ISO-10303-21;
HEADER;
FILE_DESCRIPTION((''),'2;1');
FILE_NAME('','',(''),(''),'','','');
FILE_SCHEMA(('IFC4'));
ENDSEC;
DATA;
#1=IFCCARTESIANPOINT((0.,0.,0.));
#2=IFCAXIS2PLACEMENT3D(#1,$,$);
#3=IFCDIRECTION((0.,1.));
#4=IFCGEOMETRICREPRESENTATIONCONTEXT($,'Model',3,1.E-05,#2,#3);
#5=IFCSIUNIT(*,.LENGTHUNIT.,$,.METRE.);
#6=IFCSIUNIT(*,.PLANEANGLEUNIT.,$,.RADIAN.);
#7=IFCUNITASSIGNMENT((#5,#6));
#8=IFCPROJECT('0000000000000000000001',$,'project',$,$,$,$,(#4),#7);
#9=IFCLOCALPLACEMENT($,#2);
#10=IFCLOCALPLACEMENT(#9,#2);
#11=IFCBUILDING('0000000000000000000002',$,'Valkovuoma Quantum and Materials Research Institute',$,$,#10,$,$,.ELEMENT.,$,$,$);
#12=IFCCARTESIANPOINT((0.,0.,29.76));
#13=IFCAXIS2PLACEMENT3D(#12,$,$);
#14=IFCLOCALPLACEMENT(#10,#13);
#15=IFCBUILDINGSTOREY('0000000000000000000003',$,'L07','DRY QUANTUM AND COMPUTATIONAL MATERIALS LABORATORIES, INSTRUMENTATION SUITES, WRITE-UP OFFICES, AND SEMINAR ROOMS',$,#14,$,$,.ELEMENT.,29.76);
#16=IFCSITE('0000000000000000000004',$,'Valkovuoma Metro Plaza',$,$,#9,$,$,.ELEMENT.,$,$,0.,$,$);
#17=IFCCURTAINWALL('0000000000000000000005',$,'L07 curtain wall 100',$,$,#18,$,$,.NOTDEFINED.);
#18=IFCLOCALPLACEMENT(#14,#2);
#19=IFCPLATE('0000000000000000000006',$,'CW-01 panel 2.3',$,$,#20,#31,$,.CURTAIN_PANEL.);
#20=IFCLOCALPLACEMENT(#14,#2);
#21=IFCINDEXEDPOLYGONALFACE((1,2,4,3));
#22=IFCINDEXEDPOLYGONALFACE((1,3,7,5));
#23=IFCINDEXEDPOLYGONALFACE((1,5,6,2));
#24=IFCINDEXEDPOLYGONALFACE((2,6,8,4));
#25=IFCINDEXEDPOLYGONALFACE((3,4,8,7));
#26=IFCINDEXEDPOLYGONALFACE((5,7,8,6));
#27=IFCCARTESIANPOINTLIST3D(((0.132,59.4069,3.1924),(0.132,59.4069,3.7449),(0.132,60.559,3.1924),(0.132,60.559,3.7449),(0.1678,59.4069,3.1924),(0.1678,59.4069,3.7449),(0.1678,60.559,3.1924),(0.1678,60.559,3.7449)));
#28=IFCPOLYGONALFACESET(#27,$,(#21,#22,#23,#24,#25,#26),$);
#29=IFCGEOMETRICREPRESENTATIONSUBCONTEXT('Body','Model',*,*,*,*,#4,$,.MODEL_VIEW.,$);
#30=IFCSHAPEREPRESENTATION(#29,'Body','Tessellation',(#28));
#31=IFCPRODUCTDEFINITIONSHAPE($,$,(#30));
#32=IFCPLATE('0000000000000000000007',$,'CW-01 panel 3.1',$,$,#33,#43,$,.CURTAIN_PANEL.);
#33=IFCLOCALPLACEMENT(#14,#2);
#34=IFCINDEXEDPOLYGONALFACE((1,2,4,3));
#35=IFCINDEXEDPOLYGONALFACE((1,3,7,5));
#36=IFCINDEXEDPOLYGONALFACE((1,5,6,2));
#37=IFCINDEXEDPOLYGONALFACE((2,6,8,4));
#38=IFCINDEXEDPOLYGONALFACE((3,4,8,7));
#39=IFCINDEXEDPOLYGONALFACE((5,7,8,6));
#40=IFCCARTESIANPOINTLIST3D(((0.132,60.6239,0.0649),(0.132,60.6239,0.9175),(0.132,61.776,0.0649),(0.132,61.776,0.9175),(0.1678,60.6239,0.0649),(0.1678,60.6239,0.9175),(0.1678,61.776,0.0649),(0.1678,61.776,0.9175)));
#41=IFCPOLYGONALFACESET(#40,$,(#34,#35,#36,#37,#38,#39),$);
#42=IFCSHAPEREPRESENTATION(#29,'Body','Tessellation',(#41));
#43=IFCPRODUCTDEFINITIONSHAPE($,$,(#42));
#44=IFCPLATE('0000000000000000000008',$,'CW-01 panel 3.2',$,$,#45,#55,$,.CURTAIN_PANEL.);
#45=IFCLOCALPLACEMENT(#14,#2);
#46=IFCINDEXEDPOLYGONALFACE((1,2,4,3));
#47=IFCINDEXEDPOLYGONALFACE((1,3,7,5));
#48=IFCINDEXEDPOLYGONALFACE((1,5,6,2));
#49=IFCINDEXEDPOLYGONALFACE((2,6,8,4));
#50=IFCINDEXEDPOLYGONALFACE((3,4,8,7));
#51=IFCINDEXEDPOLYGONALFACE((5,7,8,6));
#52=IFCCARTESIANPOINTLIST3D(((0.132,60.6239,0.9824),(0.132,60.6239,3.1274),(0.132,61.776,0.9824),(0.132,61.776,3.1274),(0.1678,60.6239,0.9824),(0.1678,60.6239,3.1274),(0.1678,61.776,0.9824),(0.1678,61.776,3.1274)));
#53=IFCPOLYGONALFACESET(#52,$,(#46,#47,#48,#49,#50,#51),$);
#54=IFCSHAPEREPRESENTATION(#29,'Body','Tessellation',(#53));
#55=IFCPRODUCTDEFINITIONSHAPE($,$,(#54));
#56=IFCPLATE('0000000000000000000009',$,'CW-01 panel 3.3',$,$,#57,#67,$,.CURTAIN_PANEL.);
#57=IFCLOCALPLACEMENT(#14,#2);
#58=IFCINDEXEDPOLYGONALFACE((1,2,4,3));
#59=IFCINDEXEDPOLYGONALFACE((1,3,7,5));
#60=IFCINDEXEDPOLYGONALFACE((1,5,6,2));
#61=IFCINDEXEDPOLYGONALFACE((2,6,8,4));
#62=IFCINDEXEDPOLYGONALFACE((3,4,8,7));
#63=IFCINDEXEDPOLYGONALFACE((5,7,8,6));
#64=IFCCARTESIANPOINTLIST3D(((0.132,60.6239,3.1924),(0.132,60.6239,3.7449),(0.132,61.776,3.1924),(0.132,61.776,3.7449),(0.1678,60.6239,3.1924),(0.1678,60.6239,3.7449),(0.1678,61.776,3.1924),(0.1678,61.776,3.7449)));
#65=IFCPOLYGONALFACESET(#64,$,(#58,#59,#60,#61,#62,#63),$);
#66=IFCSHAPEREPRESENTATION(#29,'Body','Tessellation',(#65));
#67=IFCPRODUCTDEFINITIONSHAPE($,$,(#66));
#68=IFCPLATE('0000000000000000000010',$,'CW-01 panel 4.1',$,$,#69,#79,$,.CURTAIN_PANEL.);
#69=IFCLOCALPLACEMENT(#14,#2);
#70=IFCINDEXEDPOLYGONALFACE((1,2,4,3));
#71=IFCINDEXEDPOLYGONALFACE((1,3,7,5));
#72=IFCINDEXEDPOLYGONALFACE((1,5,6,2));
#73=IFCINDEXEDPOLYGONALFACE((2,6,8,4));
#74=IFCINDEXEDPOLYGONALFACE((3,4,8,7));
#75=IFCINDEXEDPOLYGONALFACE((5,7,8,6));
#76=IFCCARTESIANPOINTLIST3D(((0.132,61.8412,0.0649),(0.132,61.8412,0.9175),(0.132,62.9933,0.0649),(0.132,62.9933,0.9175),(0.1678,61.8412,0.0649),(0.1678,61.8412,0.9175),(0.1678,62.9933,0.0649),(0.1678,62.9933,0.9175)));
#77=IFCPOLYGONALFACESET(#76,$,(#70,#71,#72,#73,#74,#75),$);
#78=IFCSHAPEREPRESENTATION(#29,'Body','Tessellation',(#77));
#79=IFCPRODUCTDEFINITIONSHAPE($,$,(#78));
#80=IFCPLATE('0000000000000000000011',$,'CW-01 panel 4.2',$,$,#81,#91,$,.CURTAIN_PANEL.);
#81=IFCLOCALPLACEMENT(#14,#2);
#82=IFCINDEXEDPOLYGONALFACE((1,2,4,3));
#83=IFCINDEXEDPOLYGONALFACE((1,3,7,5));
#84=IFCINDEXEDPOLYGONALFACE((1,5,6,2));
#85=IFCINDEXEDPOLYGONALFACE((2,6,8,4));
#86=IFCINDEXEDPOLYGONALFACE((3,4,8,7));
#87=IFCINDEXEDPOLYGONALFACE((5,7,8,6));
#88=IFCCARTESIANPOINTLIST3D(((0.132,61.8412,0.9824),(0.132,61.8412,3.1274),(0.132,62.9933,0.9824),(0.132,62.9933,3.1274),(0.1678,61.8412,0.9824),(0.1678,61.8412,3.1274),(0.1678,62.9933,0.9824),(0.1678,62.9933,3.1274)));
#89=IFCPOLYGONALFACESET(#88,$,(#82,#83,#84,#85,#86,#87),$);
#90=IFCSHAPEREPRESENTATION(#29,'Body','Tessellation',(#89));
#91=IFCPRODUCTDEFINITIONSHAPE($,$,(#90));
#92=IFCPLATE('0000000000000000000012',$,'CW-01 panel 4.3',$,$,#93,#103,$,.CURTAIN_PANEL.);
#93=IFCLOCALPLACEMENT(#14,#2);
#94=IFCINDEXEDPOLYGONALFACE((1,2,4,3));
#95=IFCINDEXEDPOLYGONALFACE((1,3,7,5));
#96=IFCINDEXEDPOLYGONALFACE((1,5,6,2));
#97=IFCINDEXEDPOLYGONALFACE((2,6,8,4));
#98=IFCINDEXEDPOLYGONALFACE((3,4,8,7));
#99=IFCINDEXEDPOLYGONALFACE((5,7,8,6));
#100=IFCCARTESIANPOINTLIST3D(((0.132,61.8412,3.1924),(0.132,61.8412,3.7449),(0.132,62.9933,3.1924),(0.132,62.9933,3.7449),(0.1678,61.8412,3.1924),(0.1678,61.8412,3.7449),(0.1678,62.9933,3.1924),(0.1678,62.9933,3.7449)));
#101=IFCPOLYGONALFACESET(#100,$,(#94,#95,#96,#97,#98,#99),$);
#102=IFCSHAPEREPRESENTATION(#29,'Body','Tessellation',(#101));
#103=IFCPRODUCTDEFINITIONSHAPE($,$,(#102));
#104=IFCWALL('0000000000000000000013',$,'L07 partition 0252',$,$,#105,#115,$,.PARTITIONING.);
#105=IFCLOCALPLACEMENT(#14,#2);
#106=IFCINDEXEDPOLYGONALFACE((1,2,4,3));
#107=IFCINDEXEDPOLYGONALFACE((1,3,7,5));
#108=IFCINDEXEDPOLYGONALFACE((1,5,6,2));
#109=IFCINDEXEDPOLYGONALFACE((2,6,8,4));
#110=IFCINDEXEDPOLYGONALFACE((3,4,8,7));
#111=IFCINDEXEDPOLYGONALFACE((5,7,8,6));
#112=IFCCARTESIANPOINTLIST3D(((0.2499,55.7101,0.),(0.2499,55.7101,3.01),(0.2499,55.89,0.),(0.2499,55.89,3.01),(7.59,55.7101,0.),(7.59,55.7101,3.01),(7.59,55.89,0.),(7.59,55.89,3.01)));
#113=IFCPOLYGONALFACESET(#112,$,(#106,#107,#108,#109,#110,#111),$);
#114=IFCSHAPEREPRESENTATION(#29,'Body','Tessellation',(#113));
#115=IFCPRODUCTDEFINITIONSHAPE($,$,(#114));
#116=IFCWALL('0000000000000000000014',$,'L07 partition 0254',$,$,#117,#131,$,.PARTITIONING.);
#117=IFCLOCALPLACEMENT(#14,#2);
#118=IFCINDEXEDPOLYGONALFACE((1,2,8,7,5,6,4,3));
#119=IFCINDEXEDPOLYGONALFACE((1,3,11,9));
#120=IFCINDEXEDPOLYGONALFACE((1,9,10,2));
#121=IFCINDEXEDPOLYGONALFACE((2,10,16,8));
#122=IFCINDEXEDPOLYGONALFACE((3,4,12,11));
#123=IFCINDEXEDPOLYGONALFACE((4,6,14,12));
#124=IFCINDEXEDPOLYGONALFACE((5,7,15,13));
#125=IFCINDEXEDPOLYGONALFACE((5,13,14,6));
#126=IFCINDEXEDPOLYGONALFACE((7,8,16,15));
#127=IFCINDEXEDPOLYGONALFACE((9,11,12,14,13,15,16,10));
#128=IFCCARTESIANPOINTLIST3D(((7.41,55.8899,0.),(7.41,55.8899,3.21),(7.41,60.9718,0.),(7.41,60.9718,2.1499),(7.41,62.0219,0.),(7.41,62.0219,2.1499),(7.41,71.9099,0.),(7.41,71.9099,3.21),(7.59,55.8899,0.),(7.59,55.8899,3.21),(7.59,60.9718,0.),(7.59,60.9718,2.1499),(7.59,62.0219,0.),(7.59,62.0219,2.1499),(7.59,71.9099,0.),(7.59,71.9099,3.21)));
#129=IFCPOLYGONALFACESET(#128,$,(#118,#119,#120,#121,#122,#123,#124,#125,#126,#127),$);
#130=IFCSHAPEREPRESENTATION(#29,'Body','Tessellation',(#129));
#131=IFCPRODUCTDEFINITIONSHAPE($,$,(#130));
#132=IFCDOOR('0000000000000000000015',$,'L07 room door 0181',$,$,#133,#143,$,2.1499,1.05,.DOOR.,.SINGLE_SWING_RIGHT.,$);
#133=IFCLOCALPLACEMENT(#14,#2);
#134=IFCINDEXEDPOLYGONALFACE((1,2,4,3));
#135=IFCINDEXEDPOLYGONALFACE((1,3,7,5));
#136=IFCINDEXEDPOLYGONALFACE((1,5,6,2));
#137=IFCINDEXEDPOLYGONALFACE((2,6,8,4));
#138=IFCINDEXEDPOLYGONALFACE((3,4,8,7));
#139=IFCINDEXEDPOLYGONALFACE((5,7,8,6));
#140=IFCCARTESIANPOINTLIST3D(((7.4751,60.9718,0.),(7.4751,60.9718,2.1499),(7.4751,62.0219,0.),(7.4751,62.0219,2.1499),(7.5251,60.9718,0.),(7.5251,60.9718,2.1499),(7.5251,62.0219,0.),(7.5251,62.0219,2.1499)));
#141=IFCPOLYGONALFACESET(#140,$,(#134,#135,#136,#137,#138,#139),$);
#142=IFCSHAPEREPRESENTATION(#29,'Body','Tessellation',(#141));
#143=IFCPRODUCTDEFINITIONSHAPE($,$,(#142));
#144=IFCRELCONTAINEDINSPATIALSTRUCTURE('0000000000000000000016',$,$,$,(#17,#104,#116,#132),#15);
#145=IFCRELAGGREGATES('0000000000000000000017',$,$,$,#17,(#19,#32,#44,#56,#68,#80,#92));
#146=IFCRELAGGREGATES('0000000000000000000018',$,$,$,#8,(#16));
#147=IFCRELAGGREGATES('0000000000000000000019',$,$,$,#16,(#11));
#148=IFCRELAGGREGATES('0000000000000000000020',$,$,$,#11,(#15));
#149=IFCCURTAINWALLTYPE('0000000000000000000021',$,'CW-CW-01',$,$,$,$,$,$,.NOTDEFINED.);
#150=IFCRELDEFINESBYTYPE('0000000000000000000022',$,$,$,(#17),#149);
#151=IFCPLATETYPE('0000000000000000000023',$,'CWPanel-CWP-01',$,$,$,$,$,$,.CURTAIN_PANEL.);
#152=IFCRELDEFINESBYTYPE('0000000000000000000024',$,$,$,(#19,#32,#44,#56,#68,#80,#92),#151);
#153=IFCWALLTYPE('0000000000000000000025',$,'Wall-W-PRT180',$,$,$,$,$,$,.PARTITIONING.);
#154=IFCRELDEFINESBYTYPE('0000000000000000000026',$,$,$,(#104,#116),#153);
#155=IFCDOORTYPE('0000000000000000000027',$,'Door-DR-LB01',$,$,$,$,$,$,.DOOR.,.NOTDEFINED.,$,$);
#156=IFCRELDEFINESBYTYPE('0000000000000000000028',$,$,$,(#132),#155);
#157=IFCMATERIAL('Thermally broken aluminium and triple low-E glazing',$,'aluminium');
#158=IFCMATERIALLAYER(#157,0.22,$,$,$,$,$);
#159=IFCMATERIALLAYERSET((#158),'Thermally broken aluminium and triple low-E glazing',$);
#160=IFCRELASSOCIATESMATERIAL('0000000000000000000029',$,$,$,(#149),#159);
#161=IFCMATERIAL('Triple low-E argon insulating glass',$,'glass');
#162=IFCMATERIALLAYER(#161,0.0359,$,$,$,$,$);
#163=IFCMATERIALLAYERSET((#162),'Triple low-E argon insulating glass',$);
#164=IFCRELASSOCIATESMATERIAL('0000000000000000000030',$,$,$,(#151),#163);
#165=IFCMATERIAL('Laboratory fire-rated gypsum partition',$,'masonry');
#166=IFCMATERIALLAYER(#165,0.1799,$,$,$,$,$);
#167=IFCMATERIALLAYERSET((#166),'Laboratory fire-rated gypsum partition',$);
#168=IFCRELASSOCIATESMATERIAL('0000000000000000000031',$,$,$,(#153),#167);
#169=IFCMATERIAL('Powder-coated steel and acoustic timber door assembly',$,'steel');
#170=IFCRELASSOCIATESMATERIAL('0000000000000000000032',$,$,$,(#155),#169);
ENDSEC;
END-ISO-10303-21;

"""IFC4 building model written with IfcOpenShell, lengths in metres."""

from ifc_helpers import new_model, si_unit, direction, frame, frame_2d, origin, origin_2d, place, context, subcontext, project, spatial, rectangle, extrude, material, layer, layer_set, type_object, element, fill, aggregate, save


model = new_model("IFC4")

# Units and contexts
model_context = context("Model", 3, precision=1e-05, world=origin(), true_north=direction((0.0, 1.0)))
body_context = subcontext(model_context, "Body", "Model", "MODEL_VIEW")
ifc_project = project(units=[si_unit("LENGTHUNIT", "METRE"), si_unit("PLANEANGLEUNIT", "RADIAN")], contexts=[model_context])

# Site, building, storey
site_placement = place(None, origin())
site = spatial("IfcSite", under=ifc_project, at=site_placement, Name="Valkovuoma Metro Plaza", CompositionType="ELEMENT", RefElevation=0.0)
building_placement = place(site_placement, origin())
building = spatial("IfcBuilding", under=site, at=building_placement, Name="Valkovuoma Quantum and Materials Research Institute", CompositionType="ELEMENT")
storey_placement = place(building_placement, frame((0.0, 0.0, 29.76)))
storey = spatial("IfcBuildingStorey", under=building, at=storey_placement, Name="L07", Description="DRY QUANTUM AND COMPUTATIONAL MATERIALS LABORATORIES, INSTRUMENTATION SUITES, WRITE-UP OFFICES, AND SEMINAR ROOMS", CompositionType="ELEMENT", Elevation=29.76)

# Curtain wall, plates
ifc_material_1 = material(Name="Thermally broken aluminium and triple low-E glazing", Category="aluminium")
ifc_layer_1 = layer(ifc_material_1, 0.22)
ifc_layer_set_1 = layer_set([ifc_layer_1], Name="Thermally broken aluminium and triple low-E glazing")
curtain_wall_type = type_object("IfcCurtainWallType", Name="CW-CW-01", PredefinedType="NOTDEFINED", material=ifc_layer_set_1)
curtain_wall_placement = place(storey_placement, origin())
curtain_wall = element("IfcCurtainWall", 1, at=curtain_wall_placement, inside=storey, type_object=curtain_wall_type, Name="L07 curtain wall 100", PredefinedType="NOTDEFINED")
ifc_material_2 = material(Name="Triple low-E argon insulating glass", Category="glass")
ifc_layer_2 = layer(ifc_material_2, 0.0359)
ifc_layer_set_2 = layer_set([ifc_layer_2], Name="Triple low-E argon insulating glass")
plate_type = type_object("IfcPlateType", Name="CWPanel-CWP-01", PredefinedType="CURTAIN_PANEL", material=ifc_layer_set_2)
plate_1_placement = place(storey_placement, frame((0.1499, 59.9829, 3.1924), z_axis=(0.0, 0.0, 1.0), x_axis=(0.0, 1.0, 0.0)))
plate_1 = element("IfcPlate", 2, at=plate_1_placement, type_object=plate_type, Name="CW-01 panel 2.3", PredefinedType="CURTAIN_PANEL", context=body_context, shape_type="SweptSolid", body=[
    extrude(rectangle(XDim=1.1521, YDim=0.0359, at=origin_2d()), origin(), (0.0, 0.0, 1.0), 0.5525),
])
plate_2_placement = place(storey_placement, frame((0.1499, 61.2, 0.0649), z_axis=(0.0, 0.0, 1.0), x_axis=(0.0, 1.0, 0.0)))
plate_2 = element("IfcPlate", 3, at=plate_2_placement, type_object=plate_type, Name="CW-01 panel 3.1", PredefinedType="CURTAIN_PANEL", context=body_context, shape_type="SweptSolid", body=[
    extrude(rectangle(XDim=1.1521, YDim=0.0359, at=origin_2d()), origin(), (0.0, 0.0, 1.0), 0.8525),
])
plate_3_placement = place(storey_placement, frame((0.1499, 61.2, 0.9824), z_axis=(0.0, 0.0, 1.0), x_axis=(0.0, 1.0, 0.0)))
plate_3 = element("IfcPlate", 4, at=plate_3_placement, type_object=plate_type, Name="CW-01 panel 3.2", PredefinedType="CURTAIN_PANEL", context=body_context, shape_type="SweptSolid", body=[
    extrude(rectangle(XDim=1.1521, YDim=0.0359, at=origin_2d()), origin(), (0.0, 0.0, 1.0), 2.145),
])
plate_4_placement = place(storey_placement, frame((0.1499, 61.2, 3.1924), z_axis=(0.0, 0.0, 1.0), x_axis=(0.0, 1.0, 0.0)))
plate_4 = element("IfcPlate", 5, at=plate_4_placement, type_object=plate_type, Name="CW-01 panel 3.3", PredefinedType="CURTAIN_PANEL", context=body_context, shape_type="SweptSolid", body=[
    extrude(rectangle(XDim=1.1521, YDim=0.0359, at=origin_2d()), origin(), (0.0, 0.0, 1.0), 0.5525),
])
plate_5_placement = place(storey_placement, frame((0.1499, 62.4172, 0.0649), z_axis=(0.0, 0.0, 1.0), x_axis=(0.0, 1.0, 0.0)))
plate_5 = element("IfcPlate", 6, at=plate_5_placement, type_object=plate_type, Name="CW-01 panel 4.1", PredefinedType="CURTAIN_PANEL", context=body_context, shape_type="SweptSolid", body=[
    extrude(rectangle(XDim=1.1521, YDim=0.0359, at=origin_2d()), origin(), (0.0, 0.0, 1.0), 0.8525),
])
plate_6_placement = place(storey_placement, frame((0.1499, 62.4172, 0.9824), z_axis=(0.0, 0.0, 1.0), x_axis=(0.0, 1.0, 0.0)))
plate_6 = element("IfcPlate", 7, at=plate_6_placement, type_object=plate_type, Name="CW-01 panel 4.2", PredefinedType="CURTAIN_PANEL", context=body_context, shape_type="SweptSolid", body=[
    extrude(rectangle(XDim=1.1521, YDim=0.0359, at=origin_2d()), origin(), (0.0, 0.0, 1.0), 2.145),
])
plate_7_placement = place(storey_placement, frame((0.1499, 62.4172, 3.1924), z_axis=(0.0, 0.0, 1.0), x_axis=(0.0, 1.0, 0.0)))
plate_7 = element("IfcPlate", 8, at=plate_7_placement, type_object=plate_type, Name="CW-01 panel 4.3", PredefinedType="CURTAIN_PANEL", context=body_context, shape_type="SweptSolid", body=[
    extrude(rectangle(XDim=1.1521, YDim=0.0359, at=origin_2d()), origin(), (0.0, 0.0, 1.0), 0.5525),
])
aggregate(curtain_wall, [plate_1, plate_2, plate_3, plate_4, plate_5, plate_6, plate_7])

# Wall
ifc_material_3 = material(Name="Laboratory fire-rated gypsum partition", Category="masonry")
ifc_layer_3 = layer(ifc_material_3, 0.1799)
ifc_layer_set_3 = layer_set([ifc_layer_3], Name="Laboratory fire-rated gypsum partition")
wall_type = type_object("IfcWallType", Name="Wall-W-PRT180", PredefinedType="PARTITIONING", material=ifc_layer_set_3)
wall_1_placement = place(storey_placement, frame((0.25, 55.8, 0.0), z_axis=(0.0, 0.0, 1.0), x_axis=(1.0, 0.0, 0.0)))
element("IfcWall", 9, at=wall_1_placement, inside=storey, type_object=wall_type, Name="L07 partition 0252", PredefinedType="PARTITIONING", context=body_context, shape_type="SweptSolid", body=[
    extrude(rectangle(XDim=7.3401, YDim=0.1799, at=frame_2d((3.6699, 0.0))), origin(), (0.0, 0.0, 1.0), 3.01),
])

# Wall, opening, door
wall_2_placement = place(storey_placement, frame((7.5, 55.8899, 0.0), z_axis=(0.0, 0.0, 1.0), x_axis=(0.0, 1.0, 0.0)))
wall_2 = element("IfcWall", 10, at=wall_2_placement, inside=storey, type_object=wall_type, Name="L07 partition 0254", PredefinedType="PARTITIONING", context=body_context, shape_type="SweptSolid", body=[
    extrude(rectangle(XDim=16.02, YDim=0.1799, at=frame_2d((8.01, 0.0))), origin(), (0.0, 0.0, 1.0), 3.21),
])
opening_placement = place(wall_2_placement, frame((5.082, 0.0, 0.0)))
opening = element("IfcOpeningElement", 11, at=opening_placement, cuts=wall_2, PredefinedType="OPENING", context=body_context, shape_type="SweptSolid", body=[
    extrude(rectangle(XDim=1.05, YDim=2.1499, at=frame_2d((0.5249, 1.075))), frame((0.0, 0.1001, 0.0), z_axis=(0.0, -1.0, 0.0), x_axis=(1.0, 0.0, 0.0)), (0.0, 0.0, 1.0), 0.2),
])
ifc_material_4 = material(Name="Powder-coated steel and acoustic timber door assembly", Category="steel")
door_type = type_object("IfcDoorType", Name="Door-DR-LB01", OperationType="NOTDEFINED", PredefinedType="DOOR", material=ifc_material_4)
door_placement = place(opening_placement, origin())
door = element("IfcDoor", 12, at=door_placement, inside=storey, type_object=door_type, Name="L07 room door 0181", OperationType="SINGLE_SWING_RIGHT", OverallHeight=2.1499, OverallWidth=1.05, PredefinedType="DOOR", context=body_context, shape_type="SweptSolid", body=[
    extrude(rectangle(XDim=1.05, YDim=2.1499, at=frame_2d((0.5249, 1.075))), frame((0.0, 0.0249, 0.0), z_axis=(0.0, -1.0, 0.0), x_axis=(1.0, 0.0, 0.0)), (0.0, 0.0, 1.0), 0.05),
])
fill(opening, door)

save(model, "model.ifc")
